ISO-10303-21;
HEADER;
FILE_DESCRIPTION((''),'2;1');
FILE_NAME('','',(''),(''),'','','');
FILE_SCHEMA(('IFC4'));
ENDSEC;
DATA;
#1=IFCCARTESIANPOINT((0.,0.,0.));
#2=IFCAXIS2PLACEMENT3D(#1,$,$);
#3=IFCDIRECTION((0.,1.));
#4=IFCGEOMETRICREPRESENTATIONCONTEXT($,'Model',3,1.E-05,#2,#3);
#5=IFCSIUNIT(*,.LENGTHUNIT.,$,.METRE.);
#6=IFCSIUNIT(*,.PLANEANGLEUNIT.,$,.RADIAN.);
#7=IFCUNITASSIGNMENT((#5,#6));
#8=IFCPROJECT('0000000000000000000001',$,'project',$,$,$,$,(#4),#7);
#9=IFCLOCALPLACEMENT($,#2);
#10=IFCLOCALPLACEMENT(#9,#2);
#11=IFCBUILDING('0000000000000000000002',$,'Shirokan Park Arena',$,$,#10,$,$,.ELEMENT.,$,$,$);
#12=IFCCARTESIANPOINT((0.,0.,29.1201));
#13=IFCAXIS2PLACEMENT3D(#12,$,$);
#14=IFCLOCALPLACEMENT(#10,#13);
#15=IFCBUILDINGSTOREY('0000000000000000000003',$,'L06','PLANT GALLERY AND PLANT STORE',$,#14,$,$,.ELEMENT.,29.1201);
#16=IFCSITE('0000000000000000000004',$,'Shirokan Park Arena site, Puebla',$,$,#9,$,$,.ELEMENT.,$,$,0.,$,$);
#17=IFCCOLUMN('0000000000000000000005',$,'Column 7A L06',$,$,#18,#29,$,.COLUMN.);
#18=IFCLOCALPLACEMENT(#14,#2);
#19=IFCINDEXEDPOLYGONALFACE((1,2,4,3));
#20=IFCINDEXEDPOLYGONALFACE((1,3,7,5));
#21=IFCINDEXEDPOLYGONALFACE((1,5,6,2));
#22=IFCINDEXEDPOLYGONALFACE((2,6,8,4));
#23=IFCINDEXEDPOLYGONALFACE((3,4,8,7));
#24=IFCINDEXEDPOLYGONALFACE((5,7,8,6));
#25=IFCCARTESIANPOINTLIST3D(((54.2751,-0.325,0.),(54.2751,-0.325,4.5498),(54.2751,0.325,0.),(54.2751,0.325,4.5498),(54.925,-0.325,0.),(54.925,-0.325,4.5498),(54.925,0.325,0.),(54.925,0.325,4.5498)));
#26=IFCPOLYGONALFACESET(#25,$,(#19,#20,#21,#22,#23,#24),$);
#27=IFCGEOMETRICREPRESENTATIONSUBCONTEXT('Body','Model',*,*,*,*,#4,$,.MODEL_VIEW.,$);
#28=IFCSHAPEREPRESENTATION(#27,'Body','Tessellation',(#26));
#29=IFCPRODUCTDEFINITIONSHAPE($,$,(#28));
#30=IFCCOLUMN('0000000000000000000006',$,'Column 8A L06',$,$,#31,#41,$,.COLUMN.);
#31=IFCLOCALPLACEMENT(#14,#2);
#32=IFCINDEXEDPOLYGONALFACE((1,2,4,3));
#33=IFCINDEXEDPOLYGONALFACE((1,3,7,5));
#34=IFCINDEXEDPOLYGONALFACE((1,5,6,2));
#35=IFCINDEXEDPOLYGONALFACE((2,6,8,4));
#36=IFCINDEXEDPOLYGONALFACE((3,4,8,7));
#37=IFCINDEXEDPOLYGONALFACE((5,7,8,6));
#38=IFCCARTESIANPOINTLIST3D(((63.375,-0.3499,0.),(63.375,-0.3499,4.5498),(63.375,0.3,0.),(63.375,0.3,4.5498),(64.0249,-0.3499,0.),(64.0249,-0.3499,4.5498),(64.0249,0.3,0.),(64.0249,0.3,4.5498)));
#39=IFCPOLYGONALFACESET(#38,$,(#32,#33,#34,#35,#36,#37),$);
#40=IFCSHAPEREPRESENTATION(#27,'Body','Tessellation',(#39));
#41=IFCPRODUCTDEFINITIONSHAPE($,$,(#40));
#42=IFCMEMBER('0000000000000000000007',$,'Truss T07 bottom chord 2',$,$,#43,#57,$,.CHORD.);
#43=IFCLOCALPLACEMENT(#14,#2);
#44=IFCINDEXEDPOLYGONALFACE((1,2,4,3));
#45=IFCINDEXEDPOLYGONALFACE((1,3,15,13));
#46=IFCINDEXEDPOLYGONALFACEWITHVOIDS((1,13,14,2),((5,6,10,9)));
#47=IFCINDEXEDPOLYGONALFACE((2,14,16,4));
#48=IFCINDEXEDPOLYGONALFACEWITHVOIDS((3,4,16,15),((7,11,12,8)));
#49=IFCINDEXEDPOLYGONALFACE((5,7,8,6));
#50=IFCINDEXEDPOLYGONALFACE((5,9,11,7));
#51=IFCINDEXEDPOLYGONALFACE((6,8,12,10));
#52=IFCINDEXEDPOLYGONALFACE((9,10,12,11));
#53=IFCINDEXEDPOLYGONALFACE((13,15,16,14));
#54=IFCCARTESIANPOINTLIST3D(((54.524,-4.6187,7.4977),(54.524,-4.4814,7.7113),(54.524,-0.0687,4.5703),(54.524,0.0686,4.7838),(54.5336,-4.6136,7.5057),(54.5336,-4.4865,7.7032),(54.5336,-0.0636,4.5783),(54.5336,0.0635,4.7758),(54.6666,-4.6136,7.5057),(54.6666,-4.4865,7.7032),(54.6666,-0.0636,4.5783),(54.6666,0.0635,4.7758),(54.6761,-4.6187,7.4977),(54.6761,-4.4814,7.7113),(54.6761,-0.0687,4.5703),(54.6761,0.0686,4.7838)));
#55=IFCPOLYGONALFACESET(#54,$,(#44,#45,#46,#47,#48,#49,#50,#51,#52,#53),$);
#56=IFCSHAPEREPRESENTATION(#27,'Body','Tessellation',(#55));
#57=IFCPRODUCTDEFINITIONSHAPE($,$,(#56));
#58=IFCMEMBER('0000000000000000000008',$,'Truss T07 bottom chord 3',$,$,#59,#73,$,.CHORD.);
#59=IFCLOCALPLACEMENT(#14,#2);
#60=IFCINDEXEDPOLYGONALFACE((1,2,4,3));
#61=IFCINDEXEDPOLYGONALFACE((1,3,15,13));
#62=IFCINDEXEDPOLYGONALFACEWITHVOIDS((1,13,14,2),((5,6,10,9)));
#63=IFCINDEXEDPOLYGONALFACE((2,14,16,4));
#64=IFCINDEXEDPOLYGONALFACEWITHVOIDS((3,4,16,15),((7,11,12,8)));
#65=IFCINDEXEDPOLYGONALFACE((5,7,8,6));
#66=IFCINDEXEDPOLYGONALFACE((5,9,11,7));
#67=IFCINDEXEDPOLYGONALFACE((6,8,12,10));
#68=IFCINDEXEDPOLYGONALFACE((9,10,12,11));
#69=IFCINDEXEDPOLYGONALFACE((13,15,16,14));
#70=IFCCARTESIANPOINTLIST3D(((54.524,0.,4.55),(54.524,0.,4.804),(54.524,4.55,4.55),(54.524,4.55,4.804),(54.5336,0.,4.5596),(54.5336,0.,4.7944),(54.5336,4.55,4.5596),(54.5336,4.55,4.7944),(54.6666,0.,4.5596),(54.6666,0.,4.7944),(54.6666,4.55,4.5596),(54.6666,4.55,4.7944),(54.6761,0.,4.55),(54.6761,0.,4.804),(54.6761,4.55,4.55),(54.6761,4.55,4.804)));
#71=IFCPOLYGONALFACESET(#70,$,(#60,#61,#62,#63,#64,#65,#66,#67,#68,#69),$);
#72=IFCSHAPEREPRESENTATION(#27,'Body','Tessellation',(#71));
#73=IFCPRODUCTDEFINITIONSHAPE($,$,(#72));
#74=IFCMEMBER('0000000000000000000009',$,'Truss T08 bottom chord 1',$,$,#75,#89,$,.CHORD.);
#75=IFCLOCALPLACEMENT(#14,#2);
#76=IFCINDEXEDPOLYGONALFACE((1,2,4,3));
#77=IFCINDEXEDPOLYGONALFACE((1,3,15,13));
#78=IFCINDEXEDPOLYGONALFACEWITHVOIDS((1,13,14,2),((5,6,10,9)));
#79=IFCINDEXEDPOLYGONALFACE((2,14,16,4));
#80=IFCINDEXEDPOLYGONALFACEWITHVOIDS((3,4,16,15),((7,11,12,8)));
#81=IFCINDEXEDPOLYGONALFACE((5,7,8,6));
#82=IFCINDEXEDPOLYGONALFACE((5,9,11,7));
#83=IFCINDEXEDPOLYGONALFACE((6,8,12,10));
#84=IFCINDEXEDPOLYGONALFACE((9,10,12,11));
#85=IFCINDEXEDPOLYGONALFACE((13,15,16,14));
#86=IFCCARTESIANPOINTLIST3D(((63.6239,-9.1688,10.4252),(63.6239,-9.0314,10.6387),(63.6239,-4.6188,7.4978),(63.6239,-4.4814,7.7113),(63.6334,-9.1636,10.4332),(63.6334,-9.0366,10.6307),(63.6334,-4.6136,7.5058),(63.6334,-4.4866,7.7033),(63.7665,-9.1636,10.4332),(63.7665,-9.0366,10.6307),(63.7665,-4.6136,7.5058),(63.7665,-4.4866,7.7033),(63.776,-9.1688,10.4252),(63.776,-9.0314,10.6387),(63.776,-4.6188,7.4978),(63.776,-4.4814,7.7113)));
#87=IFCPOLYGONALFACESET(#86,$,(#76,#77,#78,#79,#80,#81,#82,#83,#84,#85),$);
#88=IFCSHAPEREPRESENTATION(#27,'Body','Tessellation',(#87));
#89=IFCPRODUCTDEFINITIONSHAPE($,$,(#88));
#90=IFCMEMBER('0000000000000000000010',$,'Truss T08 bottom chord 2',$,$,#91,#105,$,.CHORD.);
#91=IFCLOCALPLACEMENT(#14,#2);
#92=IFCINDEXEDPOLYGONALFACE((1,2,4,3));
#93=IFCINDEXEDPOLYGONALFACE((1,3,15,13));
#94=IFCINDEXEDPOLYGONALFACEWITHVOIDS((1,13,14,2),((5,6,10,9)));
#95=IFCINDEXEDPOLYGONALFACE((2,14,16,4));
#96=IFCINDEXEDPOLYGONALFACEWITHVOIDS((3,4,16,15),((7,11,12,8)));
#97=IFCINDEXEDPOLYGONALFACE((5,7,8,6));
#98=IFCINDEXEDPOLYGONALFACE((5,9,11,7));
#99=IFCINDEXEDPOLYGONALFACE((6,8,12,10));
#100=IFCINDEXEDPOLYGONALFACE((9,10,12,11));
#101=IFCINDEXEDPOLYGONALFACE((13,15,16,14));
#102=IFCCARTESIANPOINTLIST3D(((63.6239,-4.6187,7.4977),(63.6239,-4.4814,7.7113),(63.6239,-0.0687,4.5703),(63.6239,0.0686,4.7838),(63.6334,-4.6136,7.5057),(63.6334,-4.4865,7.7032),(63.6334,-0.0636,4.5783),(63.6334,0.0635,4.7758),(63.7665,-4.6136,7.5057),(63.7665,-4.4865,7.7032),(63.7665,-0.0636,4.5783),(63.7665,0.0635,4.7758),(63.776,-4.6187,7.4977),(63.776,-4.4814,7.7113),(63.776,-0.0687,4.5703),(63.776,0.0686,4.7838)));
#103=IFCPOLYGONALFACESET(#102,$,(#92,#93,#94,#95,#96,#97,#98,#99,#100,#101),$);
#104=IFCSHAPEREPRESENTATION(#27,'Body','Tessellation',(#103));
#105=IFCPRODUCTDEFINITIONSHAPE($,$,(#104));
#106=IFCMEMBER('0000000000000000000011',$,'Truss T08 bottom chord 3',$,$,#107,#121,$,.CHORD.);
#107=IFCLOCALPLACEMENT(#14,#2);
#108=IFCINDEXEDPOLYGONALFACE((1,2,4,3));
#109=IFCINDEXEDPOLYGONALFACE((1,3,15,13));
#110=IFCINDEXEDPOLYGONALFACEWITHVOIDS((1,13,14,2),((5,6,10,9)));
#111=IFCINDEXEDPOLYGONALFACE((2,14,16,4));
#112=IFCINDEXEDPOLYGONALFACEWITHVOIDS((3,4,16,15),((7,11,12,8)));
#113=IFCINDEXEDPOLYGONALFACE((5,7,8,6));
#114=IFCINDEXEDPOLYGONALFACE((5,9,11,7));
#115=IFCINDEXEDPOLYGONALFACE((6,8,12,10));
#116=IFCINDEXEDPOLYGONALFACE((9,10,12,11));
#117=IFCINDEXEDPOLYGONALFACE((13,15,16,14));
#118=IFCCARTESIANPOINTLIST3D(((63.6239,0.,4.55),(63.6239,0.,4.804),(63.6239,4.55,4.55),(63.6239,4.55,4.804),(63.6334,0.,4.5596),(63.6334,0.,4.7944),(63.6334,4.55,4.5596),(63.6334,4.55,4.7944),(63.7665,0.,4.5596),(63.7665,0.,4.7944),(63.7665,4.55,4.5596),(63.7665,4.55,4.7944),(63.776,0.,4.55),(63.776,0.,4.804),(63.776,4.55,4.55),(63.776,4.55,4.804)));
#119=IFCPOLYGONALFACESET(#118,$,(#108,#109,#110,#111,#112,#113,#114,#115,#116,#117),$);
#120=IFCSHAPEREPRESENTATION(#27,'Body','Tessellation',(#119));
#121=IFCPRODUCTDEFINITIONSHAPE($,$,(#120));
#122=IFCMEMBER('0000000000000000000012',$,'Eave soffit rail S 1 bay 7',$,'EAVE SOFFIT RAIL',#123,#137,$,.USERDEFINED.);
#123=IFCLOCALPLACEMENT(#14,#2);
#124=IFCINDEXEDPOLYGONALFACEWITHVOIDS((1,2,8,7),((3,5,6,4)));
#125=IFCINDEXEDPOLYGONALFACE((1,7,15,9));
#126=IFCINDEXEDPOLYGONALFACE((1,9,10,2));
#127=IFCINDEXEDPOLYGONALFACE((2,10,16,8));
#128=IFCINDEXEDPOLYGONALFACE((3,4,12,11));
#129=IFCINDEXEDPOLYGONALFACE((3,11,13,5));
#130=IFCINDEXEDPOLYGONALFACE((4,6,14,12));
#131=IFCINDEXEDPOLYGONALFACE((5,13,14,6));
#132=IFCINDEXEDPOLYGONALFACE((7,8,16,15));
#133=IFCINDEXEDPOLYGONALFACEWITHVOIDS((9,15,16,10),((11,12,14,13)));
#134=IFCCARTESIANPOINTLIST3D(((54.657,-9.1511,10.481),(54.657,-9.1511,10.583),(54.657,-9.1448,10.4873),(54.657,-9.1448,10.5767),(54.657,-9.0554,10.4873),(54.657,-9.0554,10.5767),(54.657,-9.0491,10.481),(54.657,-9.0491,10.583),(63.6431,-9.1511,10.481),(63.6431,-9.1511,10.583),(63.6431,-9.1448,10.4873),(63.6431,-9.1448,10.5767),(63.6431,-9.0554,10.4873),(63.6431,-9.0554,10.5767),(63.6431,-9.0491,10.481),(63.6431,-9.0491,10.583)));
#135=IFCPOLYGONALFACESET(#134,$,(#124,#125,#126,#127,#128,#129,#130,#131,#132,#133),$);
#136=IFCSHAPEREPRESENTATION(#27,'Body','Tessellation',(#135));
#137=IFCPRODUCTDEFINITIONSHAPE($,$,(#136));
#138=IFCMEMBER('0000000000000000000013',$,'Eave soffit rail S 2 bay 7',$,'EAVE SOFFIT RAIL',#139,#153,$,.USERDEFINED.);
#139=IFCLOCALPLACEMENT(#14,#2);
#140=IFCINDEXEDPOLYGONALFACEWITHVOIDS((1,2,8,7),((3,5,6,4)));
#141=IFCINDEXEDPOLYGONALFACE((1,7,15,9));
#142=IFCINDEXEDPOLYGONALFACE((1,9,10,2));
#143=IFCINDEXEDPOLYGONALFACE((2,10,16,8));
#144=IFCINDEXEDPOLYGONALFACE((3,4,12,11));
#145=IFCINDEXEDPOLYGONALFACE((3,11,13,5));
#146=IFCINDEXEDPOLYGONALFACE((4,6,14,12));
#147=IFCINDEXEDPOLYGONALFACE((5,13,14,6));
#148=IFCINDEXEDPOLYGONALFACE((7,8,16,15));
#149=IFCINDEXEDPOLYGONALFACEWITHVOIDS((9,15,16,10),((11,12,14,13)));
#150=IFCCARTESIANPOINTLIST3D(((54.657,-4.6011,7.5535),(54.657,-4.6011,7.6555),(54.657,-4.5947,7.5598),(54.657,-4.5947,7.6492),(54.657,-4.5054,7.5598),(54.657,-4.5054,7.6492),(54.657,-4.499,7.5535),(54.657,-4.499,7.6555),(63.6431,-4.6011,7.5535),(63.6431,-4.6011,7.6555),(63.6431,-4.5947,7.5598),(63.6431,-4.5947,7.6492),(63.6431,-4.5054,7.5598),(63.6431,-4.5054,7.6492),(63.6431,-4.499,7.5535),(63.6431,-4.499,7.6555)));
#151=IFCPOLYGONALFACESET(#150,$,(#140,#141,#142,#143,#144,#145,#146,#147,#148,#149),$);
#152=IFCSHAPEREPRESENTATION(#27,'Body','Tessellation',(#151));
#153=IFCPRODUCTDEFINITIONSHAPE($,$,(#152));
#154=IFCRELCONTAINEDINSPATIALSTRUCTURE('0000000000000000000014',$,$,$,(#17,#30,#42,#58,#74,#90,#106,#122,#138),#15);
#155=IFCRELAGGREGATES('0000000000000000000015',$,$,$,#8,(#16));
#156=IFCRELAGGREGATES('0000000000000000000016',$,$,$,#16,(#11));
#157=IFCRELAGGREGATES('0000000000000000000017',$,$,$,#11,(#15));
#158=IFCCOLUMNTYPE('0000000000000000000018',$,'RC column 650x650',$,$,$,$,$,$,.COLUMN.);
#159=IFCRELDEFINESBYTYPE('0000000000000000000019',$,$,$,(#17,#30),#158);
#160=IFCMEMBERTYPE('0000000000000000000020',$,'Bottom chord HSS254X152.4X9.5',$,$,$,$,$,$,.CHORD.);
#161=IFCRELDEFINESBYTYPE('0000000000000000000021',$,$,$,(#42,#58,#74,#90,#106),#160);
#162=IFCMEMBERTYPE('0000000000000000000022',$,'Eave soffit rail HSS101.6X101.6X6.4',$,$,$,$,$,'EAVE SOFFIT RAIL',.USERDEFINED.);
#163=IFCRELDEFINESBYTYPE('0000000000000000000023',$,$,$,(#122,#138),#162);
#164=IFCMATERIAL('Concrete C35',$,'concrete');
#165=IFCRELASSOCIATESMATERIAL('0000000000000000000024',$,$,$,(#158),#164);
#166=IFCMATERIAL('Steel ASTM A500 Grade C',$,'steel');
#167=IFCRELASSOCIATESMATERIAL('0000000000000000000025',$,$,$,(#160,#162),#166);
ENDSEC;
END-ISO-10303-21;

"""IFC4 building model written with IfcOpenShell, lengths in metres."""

from ifc_helpers import new_model, si_unit, direction, frame, origin, origin_2d, place, context, subcontext, project, spatial, rectangle, hollow_rectangle, extrude, material, material_profile, profile_set, type_object, element, save


model = new_model("IFC4")

# Units and contexts
model_context = context("Model", 3, precision=1e-05, world=origin(), true_north=direction((0.0, 1.0)))
body_context = subcontext(model_context, "Body", "Model", "MODEL_VIEW")
ifc_project = project(units=[si_unit("LENGTHUNIT", "METRE"), si_unit("PLANEANGLEUNIT", "RADIAN")], contexts=[model_context])

# Site, building, storey
site_placement = place(None, origin())
site = spatial("IfcSite", under=ifc_project, at=site_placement, Name="Shirokan Park Arena site, Puebla", CompositionType="ELEMENT", RefElevation=0.0)
building_placement = place(site_placement, origin())
building = spatial("IfcBuilding", under=site, at=building_placement, Name="Shirokan Park Arena", CompositionType="ELEMENT")
storey_placement = place(building_placement, frame((0.0, 0.0, 29.1201)))
storey = spatial("IfcBuildingStorey", under=building, at=storey_placement, Name="L06", Description="PLANT GALLERY AND PLANT STORE", CompositionType="ELEMENT", Elevation=29.1201)

# Columns
ifc_material_1 = material(Name="Concrete C35", Category="concrete")
ifc_material_profile_1 = material_profile(ifc_material_1, rectangle(XDim=0.6499, YDim=0.6499, at=origin_2d()), Name="650x650")
ifc_profile_set_1 = profile_set([ifc_material_profile_1], Name="Concrete C35")
column_type = type_object("IfcColumnType", Name="RC column 650x650", PredefinedType="COLUMN", material=ifc_profile_set_1)
for number, where, z_axis, x_axis, name in (
    (1, (54.6001, 0.0, 0.0), (0.0, 0.0, 1.0), (1.0, 0.0, 0.0), "Column 7A L06"),
    (2, (63.7, -0.0249, 0.0), (0.0, 0.0, 1.0), (1.0, 0.0, 0.0), "Column 8A L06"),
):
    element("IfcColumn", number, at=place(storey_placement, frame(where, z_axis=z_axis, x_axis=x_axis)), inside=storey, type_object=column_type, Name=name, PredefinedType="COLUMN", context=body_context, shape_type="SweptSolid", body=[
        extrude(rectangle(XDim=0.6499, YDim=0.6499, at=origin_2d()), origin(), (0.0, 0.0, 1.0), 4.5498),
    ])

# Members
ifc_material_2 = material(Name="Steel ASTM A500 Grade C", Category="steel")
ifc_material_profile_2 = material_profile(ifc_material_2, hollow_rectangle(XDim=0.1521, YDim=0.2539, WallThickness=0.0095, at=origin_2d()), Name="HSS254X152.4X9.5")
ifc_profile_set_2 = profile_set([ifc_material_profile_2], Name="Steel ASTM A500 Grade C")
member_type_1 = type_object("IfcMemberType", Name="Bottom chord HSS254X152.4X9.5", PredefinedType="CHORD", material=ifc_profile_set_2)
member_1_placement = place(storey_placement, frame((54.6001, -4.55, 7.6045), z_axis=(0.0, 0.840972, -0.541079), x_axis=(-1.0, 0.0, 0.0)))
element("IfcMember", 3, at=member_1_placement, inside=storey, type_object=member_type_1, Name="Truss T07 bottom chord 2", PredefinedType="CHORD", context=body_context, shape_type="SweptSolid", body=[
    extrude(hollow_rectangle(XDim=0.1521, YDim=0.2539, WallThickness=0.0095, at=origin_2d()), origin(), (0.0, 0.0, 1.0), 5.4104),
])
member_2_placement = place(storey_placement, frame((54.6001, 0.0, 4.677), z_axis=(0.0, 1.0, 0.0), x_axis=(-1.0, 0.0, 0.0)))
element("IfcMember", 4, at=member_2_placement, inside=storey, type_object=member_type_1, Name="Truss T07 bottom chord 3", PredefinedType="CHORD", context=body_context, shape_type="SweptSolid", body=[
    extrude(hollow_rectangle(XDim=0.1521, YDim=0.2539, WallThickness=0.0095, at=origin_2d()), origin(), (0.0, 0.0, 1.0), 4.55),
])
for number, where, z_axis, x_axis, name in (
    (5, (63.7, -9.1001, 10.532), (0.0, 0.840972, -0.541079), (-1.0, 0.0, 0.0), "Truss T08 bottom chord 1"),
    (6, (63.7, -4.55, 7.6045), (0.0, 0.840972, -0.541079), (-1.0, 0.0, 0.0), "Truss T08 bottom chord 2"),
):
    element("IfcMember", number, at=place(storey_placement, frame(where, z_axis=z_axis, x_axis=x_axis)), inside=storey, type_object=member_type_1, Name=name, PredefinedType="CHORD", context=body_context, shape_type="SweptSolid", body=[
        extrude(hollow_rectangle(XDim=0.1521, YDim=0.2539, WallThickness=0.0095, at=origin_2d()), origin(), (0.0, 0.0, 1.0), 5.4104),
    ])
member_3_placement = place(storey_placement, frame((63.7, 0.0, 4.677), z_axis=(0.0, 1.0, 0.0), x_axis=(-1.0, 0.0, 0.0)))
element("IfcMember", 7, at=member_3_placement, inside=storey, type_object=member_type_1, Name="Truss T08 bottom chord 3", PredefinedType="CHORD", context=body_context, shape_type="SweptSolid", body=[
    extrude(hollow_rectangle(XDim=0.1521, YDim=0.2539, WallThickness=0.0095, at=origin_2d()), origin(), (0.0, 0.0, 1.0), 4.55),
])
ifc_material_profile_3 = material_profile(ifc_material_2, hollow_rectangle(XDim=0.1021, YDim=0.1021, WallThickness=0.0063, at=origin_2d()), Name="HSS101.6X101.6X6.4")
ifc_profile_set_3 = profile_set([ifc_material_profile_3], Name="Steel ASTM A500 Grade C")
member_type_2 = type_object("IfcMemberType", Name="Eave soffit rail HSS101.6X101.6X6.4", ElementType="EAVE SOFFIT RAIL", PredefinedType="USERDEFINED", material=ifc_profile_set_3)
for number, where, z_axis, x_axis, name in (
    (8, (54.657, -9.1001, 10.532), (1.0, 0.0, 0.0), (0.0, 1.0, 0.0), "Eave soffit rail S 1 bay 7"),
    (9, (54.657, -4.55, 7.6045), (1.0, 0.0, 0.0), (0.0, 1.0, 0.0), "Eave soffit rail S 2 bay 7"),
):
    element("IfcMember", number, at=place(storey_placement, frame(where, z_axis=z_axis, x_axis=x_axis)), inside=storey, type_object=member_type_2, Name=name, ObjectType="EAVE SOFFIT RAIL", PredefinedType="USERDEFINED", context=body_context, shape_type="SweptSolid", body=[
        extrude(hollow_rectangle(XDim=0.1021, YDim=0.1021, WallThickness=0.0063, at=origin_2d()), origin(), (0.0, 0.0, 1.0), 8.9861),
    ])

save(model, "model.ifc")
